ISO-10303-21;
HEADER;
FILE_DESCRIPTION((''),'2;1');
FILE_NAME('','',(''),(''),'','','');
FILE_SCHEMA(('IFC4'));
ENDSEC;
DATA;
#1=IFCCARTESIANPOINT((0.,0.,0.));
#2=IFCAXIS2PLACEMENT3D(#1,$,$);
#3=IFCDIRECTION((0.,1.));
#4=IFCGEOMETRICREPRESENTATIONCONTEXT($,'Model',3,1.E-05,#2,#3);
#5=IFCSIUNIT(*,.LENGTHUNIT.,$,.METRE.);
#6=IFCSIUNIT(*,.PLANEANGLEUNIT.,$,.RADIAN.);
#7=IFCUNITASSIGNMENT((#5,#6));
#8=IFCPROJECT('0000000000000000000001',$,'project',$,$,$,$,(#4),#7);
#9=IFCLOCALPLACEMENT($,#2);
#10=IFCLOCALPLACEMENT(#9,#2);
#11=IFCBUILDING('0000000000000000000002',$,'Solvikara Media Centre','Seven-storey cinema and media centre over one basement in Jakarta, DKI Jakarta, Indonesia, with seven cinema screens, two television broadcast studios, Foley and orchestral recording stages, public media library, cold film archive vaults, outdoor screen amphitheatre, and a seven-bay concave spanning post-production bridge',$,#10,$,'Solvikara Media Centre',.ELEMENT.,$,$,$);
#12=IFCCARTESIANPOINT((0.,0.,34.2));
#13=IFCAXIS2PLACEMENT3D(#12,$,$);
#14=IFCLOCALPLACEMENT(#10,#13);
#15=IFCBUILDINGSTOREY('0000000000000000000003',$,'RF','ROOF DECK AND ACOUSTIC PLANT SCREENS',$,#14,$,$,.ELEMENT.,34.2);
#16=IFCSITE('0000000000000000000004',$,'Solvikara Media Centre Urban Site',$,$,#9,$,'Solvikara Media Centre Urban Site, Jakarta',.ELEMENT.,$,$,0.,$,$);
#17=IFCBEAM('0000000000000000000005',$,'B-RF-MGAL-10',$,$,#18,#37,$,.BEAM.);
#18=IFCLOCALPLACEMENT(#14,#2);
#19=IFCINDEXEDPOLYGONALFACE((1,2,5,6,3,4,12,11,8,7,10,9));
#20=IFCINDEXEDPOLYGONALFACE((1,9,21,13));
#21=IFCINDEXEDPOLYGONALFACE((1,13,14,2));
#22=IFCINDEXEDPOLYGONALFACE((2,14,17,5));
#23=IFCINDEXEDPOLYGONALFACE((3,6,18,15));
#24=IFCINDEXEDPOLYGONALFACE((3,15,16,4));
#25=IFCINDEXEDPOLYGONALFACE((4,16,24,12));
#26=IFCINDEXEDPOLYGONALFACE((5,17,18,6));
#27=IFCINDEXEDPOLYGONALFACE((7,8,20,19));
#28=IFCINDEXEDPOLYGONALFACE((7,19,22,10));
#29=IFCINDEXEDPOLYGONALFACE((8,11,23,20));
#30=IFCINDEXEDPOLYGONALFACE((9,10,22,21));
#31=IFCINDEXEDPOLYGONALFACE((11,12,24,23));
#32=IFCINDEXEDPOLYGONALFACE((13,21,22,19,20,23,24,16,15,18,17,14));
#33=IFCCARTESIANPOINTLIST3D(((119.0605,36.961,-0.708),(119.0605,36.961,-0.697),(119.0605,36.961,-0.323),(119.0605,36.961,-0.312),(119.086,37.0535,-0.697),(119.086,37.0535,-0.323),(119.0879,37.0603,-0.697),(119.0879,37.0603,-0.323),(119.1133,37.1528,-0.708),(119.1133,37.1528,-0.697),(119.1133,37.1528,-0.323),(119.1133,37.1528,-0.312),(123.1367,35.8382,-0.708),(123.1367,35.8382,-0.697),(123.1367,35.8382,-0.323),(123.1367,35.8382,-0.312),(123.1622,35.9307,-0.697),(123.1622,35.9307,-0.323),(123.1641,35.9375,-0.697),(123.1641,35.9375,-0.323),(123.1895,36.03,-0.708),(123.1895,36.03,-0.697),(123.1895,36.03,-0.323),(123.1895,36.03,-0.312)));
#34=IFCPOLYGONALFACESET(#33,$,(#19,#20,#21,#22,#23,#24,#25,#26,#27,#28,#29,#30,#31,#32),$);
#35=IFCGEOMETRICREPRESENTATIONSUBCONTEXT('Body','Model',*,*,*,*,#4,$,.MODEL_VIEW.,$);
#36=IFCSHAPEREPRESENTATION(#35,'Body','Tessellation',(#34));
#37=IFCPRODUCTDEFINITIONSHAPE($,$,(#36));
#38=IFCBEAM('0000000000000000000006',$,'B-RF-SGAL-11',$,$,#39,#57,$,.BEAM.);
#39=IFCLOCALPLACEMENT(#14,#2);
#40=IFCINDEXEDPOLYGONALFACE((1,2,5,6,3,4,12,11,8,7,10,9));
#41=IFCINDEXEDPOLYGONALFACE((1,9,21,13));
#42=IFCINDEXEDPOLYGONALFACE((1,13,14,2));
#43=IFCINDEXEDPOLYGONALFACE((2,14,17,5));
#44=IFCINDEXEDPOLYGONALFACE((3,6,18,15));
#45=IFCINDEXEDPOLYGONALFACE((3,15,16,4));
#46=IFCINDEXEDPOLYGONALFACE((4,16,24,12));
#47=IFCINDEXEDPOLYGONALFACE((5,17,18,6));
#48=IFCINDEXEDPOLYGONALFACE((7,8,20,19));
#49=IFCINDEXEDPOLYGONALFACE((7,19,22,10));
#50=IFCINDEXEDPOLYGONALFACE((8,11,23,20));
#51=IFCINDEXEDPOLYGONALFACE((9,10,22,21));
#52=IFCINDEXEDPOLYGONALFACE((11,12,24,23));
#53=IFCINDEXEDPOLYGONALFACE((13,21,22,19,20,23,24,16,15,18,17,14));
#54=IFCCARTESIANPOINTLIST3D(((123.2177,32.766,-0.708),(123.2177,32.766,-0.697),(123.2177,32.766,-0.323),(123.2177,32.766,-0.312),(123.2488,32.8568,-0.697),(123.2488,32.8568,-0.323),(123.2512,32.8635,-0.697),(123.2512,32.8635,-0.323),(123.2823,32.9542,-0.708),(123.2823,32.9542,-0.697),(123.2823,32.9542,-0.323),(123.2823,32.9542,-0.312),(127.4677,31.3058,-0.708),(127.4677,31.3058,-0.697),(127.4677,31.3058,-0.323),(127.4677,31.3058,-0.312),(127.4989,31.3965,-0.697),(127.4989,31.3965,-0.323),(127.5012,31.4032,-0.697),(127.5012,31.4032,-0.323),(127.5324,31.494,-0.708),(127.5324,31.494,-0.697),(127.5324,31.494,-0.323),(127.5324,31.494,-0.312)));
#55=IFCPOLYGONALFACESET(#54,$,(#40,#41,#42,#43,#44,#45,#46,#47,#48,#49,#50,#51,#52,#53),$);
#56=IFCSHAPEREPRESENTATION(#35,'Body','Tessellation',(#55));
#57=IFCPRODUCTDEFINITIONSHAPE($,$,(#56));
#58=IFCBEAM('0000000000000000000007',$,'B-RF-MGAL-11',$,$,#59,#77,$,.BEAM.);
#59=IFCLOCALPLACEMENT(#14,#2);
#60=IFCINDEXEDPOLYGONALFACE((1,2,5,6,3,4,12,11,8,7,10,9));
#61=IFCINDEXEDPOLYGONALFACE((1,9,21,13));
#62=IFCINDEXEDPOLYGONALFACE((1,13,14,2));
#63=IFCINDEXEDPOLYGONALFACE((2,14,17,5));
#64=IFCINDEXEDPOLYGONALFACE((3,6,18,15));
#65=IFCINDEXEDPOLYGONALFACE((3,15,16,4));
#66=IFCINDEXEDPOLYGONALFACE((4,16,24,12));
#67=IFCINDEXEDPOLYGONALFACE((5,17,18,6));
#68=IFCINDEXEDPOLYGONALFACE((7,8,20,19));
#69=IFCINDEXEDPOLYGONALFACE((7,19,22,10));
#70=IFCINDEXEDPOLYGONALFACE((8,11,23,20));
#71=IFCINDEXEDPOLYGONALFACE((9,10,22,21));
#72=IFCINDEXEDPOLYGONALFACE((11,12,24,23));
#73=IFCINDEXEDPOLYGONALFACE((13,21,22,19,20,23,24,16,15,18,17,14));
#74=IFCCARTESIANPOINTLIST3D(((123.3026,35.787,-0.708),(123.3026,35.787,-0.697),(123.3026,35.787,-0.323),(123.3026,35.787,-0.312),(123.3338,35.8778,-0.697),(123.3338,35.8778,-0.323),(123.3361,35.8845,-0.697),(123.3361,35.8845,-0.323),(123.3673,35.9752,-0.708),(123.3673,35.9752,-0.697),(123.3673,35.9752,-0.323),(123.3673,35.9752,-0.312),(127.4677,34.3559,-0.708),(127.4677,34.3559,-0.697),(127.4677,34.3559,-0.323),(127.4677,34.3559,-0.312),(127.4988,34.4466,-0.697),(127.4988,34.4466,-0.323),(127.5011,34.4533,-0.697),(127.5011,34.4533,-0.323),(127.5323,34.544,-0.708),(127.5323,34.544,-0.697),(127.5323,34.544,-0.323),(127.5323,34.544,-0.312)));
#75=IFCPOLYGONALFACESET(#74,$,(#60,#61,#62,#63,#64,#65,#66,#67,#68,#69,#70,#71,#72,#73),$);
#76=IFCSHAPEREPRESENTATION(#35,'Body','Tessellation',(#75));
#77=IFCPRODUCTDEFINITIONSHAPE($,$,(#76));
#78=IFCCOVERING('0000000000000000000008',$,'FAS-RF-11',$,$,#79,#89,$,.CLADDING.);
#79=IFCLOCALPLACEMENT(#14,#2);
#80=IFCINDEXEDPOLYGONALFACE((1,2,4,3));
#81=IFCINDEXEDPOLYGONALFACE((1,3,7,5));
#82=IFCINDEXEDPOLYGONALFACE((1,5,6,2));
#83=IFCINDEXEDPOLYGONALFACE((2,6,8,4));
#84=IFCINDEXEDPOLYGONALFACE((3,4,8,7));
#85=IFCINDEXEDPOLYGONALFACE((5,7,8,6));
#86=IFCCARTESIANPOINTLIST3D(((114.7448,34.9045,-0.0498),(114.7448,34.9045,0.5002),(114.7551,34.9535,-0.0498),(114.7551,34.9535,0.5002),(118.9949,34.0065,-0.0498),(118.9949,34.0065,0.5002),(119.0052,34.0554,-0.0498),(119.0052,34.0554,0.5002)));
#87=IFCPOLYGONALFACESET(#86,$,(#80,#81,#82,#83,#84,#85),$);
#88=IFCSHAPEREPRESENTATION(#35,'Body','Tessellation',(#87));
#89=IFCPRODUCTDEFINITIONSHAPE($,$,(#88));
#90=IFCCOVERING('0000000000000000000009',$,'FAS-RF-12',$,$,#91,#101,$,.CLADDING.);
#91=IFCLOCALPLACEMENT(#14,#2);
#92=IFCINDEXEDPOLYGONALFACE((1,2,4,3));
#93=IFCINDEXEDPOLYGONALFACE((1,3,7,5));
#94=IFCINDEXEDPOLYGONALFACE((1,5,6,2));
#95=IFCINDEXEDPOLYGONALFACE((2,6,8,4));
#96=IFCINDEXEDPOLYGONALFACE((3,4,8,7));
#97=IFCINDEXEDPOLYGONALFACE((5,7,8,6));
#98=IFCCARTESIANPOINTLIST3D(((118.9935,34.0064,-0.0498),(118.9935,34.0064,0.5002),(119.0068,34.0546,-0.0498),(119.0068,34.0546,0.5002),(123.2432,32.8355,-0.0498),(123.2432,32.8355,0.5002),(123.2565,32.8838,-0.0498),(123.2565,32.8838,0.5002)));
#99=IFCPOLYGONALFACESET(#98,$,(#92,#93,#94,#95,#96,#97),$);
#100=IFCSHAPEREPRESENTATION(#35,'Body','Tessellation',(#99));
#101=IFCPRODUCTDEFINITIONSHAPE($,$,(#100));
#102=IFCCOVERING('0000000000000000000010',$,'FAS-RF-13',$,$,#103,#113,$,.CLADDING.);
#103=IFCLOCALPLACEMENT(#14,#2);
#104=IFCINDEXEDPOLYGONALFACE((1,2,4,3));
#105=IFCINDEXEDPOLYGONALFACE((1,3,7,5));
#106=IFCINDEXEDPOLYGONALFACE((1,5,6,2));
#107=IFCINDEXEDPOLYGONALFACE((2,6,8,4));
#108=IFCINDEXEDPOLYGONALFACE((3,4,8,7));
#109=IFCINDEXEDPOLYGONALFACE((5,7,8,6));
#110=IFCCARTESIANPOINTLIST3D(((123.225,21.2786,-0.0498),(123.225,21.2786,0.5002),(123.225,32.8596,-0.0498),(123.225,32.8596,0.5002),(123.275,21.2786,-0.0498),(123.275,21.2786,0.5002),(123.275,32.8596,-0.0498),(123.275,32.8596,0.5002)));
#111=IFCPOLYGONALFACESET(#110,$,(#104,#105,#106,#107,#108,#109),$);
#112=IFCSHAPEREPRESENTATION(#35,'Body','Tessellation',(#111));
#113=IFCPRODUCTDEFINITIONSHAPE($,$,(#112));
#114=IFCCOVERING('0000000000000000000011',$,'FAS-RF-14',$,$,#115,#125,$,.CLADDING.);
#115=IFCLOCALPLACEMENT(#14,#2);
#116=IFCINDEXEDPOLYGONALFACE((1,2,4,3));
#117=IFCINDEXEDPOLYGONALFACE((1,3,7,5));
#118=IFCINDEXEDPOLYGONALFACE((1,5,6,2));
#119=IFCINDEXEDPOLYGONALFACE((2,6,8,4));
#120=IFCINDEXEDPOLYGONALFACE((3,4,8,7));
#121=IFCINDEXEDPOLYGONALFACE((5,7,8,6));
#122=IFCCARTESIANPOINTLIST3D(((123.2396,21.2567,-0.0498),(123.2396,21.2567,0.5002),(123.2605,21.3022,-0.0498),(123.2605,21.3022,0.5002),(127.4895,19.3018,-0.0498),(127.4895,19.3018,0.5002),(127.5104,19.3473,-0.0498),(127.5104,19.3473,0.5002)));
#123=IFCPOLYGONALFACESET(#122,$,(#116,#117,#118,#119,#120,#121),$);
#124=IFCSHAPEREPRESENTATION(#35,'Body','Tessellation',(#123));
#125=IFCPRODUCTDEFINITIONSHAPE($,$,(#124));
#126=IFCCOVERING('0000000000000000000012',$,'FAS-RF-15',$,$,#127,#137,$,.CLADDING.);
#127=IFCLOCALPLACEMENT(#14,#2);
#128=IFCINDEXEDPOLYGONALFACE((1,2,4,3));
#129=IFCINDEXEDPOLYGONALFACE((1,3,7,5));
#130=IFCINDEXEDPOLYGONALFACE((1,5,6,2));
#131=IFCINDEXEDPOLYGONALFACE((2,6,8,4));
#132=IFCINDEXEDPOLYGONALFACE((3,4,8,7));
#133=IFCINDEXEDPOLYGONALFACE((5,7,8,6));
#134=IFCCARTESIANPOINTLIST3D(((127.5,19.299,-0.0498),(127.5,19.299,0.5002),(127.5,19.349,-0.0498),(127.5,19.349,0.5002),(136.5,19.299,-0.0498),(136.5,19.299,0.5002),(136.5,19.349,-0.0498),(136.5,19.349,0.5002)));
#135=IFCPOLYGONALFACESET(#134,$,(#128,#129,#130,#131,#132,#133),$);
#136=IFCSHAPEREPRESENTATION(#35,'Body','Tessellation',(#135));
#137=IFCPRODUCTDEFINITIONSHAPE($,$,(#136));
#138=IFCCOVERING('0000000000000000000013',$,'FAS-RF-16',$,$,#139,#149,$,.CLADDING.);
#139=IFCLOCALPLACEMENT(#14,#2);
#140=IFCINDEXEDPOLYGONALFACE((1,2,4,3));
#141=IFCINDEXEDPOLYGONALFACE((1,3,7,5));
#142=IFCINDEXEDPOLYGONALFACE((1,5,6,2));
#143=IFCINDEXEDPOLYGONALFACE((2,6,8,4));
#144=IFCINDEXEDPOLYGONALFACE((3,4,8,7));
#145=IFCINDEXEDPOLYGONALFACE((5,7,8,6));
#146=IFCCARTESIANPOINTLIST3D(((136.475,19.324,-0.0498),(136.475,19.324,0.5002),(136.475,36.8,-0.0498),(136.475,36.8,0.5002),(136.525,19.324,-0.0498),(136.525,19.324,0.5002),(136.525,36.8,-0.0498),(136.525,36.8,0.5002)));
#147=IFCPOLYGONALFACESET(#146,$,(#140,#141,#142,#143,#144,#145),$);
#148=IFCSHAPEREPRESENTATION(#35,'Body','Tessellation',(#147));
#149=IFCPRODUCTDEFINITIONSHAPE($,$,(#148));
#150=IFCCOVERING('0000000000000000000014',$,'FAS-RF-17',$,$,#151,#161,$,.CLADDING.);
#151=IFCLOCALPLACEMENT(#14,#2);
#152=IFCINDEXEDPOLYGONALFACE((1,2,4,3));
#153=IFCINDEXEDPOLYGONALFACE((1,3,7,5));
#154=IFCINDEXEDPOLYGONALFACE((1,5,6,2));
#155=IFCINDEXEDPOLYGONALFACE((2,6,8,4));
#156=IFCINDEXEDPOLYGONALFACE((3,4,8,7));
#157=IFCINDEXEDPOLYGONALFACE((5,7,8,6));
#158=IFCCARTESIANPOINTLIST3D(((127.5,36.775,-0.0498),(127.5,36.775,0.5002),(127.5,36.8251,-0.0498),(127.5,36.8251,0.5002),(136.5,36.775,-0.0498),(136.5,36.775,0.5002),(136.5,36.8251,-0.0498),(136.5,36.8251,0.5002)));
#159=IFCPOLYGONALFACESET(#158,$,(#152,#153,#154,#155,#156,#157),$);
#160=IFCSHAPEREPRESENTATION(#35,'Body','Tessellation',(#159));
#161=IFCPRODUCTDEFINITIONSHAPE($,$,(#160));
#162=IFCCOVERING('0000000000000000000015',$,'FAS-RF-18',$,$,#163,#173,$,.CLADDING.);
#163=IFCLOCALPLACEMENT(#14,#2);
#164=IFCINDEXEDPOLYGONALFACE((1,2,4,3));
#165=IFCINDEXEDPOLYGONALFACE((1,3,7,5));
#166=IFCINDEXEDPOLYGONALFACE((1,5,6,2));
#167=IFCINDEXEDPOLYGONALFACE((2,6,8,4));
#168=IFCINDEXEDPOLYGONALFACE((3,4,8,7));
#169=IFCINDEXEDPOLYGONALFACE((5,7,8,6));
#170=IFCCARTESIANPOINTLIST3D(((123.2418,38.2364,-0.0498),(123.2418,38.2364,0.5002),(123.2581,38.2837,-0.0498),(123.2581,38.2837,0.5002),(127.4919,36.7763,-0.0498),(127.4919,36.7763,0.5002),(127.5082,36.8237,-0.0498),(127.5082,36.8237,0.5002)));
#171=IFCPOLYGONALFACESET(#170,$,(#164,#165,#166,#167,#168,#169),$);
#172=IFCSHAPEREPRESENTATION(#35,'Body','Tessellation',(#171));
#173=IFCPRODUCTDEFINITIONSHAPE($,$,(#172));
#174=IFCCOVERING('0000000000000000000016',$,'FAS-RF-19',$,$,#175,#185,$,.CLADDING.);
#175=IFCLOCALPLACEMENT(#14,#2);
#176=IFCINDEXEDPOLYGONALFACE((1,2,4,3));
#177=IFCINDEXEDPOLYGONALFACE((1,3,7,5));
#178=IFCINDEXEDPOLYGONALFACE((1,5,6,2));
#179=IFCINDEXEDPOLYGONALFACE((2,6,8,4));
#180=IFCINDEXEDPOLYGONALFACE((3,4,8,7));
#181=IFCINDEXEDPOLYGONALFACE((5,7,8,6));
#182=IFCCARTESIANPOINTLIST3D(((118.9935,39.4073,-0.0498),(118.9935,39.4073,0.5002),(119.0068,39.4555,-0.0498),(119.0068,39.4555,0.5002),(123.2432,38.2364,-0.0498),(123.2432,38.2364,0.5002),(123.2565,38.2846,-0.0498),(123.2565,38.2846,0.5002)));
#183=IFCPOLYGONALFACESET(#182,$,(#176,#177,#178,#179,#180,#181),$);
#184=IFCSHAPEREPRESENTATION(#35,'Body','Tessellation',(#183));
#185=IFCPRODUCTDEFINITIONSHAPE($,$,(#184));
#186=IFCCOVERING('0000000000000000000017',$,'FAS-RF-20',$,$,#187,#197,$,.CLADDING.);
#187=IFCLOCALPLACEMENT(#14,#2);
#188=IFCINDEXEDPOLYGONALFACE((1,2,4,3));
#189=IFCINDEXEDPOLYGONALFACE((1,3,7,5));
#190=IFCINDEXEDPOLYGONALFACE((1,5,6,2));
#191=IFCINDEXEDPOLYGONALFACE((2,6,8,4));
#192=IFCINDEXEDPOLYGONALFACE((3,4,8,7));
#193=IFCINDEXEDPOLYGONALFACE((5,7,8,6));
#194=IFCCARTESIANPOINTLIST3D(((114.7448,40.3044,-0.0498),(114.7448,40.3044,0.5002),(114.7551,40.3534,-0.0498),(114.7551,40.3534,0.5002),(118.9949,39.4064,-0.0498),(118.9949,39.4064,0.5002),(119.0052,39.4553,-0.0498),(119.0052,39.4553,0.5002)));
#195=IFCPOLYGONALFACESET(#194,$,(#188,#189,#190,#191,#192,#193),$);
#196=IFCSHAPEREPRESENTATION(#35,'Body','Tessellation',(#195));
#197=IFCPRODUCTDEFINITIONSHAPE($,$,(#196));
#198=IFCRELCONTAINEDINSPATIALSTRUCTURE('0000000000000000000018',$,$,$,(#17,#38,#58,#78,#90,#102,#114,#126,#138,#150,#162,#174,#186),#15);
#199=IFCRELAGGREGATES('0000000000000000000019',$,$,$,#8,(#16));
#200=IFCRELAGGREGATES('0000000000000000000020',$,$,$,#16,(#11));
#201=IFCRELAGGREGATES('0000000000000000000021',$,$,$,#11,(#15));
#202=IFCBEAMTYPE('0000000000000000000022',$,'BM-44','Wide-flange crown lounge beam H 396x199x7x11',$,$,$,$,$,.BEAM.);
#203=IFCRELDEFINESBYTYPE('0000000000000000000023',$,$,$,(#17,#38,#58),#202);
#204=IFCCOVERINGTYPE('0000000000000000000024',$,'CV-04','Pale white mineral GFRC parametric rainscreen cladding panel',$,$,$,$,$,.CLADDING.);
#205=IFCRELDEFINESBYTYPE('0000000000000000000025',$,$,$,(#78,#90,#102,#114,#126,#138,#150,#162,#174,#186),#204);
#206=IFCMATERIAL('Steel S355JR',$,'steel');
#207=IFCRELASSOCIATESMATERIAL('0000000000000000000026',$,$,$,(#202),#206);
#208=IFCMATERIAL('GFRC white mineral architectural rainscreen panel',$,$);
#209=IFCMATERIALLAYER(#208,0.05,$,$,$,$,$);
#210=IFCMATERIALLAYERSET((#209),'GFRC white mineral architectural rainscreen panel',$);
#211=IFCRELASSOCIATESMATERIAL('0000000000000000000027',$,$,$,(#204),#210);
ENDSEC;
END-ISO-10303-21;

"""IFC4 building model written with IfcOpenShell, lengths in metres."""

from ifc_helpers import new_model, si_unit, direction, frame, origin, origin_2d, place, context, subcontext, project, spatial, rectangle, i_section, extrude, material, layer, layer_set, material_profile, profile_set, type_object, element, save


model = new_model("IFC4")

# Units and contexts
model_context = context("Model", 3, precision=1e-05, world=origin(), true_north=direction((0.0, 1.0)))
body_context = subcontext(model_context, "Body", "Model", "MODEL_VIEW")
ifc_project = project(units=[si_unit("LENGTHUNIT", "METRE"), si_unit("PLANEANGLEUNIT", "RADIAN")], contexts=[model_context])

# Site, building, storey
site_placement = place(None, origin())
site = spatial("IfcSite", under=ifc_project, at=site_placement, Name="Solvikara Media Centre Urban Site", LongName="Solvikara Media Centre Urban Site, Jakarta", CompositionType="ELEMENT", RefElevation=0.0)
building_placement = place(site_placement, origin())
building = spatial("IfcBuilding", under=site, at=building_placement, Name="Solvikara Media Centre", Description="Seven-storey cinema and media centre over one basement in Jakarta, DKI Jakarta, Indonesia, with seven cinema screens, two television broadcast studios, Foley and orchestral recording stages, public media library, cold film archive vaults, outdoor screen amphitheatre, and a seven-bay concave spanning post-production bridge", LongName="Solvikara Media Centre", CompositionType="ELEMENT")
storey_placement = place(building_placement, frame((0.0, 0.0, 34.2)))
storey = spatial("IfcBuildingStorey", under=building, at=storey_placement, Name="RF", Description="ROOF DECK AND ACOUSTIC PLANT SCREENS", CompositionType="ELEMENT", Elevation=34.2)

# Beams
ifc_material_1 = material(Name="Steel S355JR", Category="steel")
ifc_material_profile_1 = material_profile(ifc_material_1, i_section(OverallWidth=0.199, OverallDepth=0.396, WebThickness=0.0071, FlangeThickness=0.011, at=origin_2d()), Name="H 396x199x7x11")
ifc_profile_set_1 = profile_set([ifc_material_profile_1], Name="Steel S355JR")
beam_type_1 = type_object("IfcBeamType", Name="BM-44", Description="Wide-flange crown lounge beam H 396x199x7x11", PredefinedType="BEAM", material=ifc_profile_set_1)
beam_1_placement = place(storey_placement, frame((119.0869, 37.0569, -0.51), z_axis=(0.964093, -0.265564, 0.0), x_axis=(0.265564, 0.964093, 0.0)))
element("IfcBeam", 1, at=beam_1_placement, inside=storey, type_object=beam_type_1, Name="B-RF-MGAL-10", PredefinedType="BEAM", context=body_context, shape_type="SweptSolid", body=[
    extrude(i_section(OverallWidth=0.199, OverallDepth=0.396, WebThickness=0.0071, FlangeThickness=0.011, at=origin_2d()), origin(), (0.0, 0.0, 1.0), 4.228),
])
beam_2_placement = place(storey_placement, frame((123.25, 32.8601, -0.51), z_axis=(0.945737, -0.324934, 0.0), x_axis=(0.324934, 0.945737, 0.0)))
element("IfcBeam", 2, at=beam_2_placement, inside=storey, type_object=beam_type_1, Name="B-RF-SGAL-11", PredefinedType="BEAM", context=body_context, shape_type="SweptSolid", body=[
    extrude(i_section(OverallWidth=0.199, OverallDepth=0.396, WebThickness=0.0071, FlangeThickness=0.011, at=origin_2d()), origin(), (0.0, 0.0, 1.0), 4.4939),
])
beam_3_placement = place(storey_placement, frame((123.335, 35.8811, -0.51), z_axis=(0.945727, -0.324962, 0.0), x_axis=(0.324962, 0.945727, 0.0)))
element("IfcBeam", 3, at=beam_3_placement, inside=storey, type_object=beam_type_1, Name="B-RF-MGAL-11", PredefinedType="BEAM", context=body_context, shape_type="SweptSolid", body=[
    extrude(i_section(OverallWidth=0.199, OverallDepth=0.396, WebThickness=0.0071, FlangeThickness=0.011, at=origin_2d()), origin(), (0.0, 0.0, 1.0), 4.4041),
])

# Coverings
ifc_material_2 = material(Name="GFRC white mineral architectural rainscreen panel")
ifc_layer = layer(ifc_material_2, 0.05)
ifc_layer_set = layer_set([ifc_layer], Name="GFRC white mineral architectural rainscreen panel")
covering_type = type_object("IfcCoveringType", Name="CV-04", Description="Pale white mineral GFRC parametric rainscreen cladding panel", PredefinedType="CLADDING", material=ifc_layer_set)
covering_1_placement = place(storey_placement, frame((116.875, 34.48, -0.0498), z_axis=(0.0, 0.0, 1.0), x_axis=(0.978397, -0.206734, 0.0)))
element("IfcCovering", 4, at=covering_1_placement, inside=storey, type_object=covering_type, Name="FAS-RF-11", PredefinedType="CLADDING", context=body_context, shape_type="SweptSolid", body=[
    extrude(rectangle(XDim=4.344, YDim=0.05, at=origin_2d()), origin(), (0.0, 0.0, 1.0), 0.55),
])
covering_2_placement = place(storey_placement, frame((121.125, 33.4451, -0.0498), z_axis=(0.0, 0.0, 1.0), x_axis=(0.964077, -0.265623, 0.0)))
element("IfcCovering", 5, at=covering_2_placement, inside=storey, type_object=covering_type, Name="FAS-RF-12", PredefinedType="CLADDING", context=body_context, shape_type="SweptSolid", body=[
    extrude(rectangle(XDim=4.408, YDim=0.05, at=origin_2d()), origin(), (0.0, 0.0, 1.0), 0.55),
])
covering_3_placement = place(storey_placement, frame((123.25, 27.0691, -0.0498), z_axis=(0.0, 0.0, 1.0), x_axis=(0.0, -1.0, 0.0)))
element("IfcCovering", 6, at=covering_3_placement, inside=storey, type_object=covering_type, Name="FAS-RF-13", PredefinedType="CLADDING", context=body_context, shape_type="SweptSolid", body=[
    extrude(rectangle(XDim=11.5811, YDim=0.05, at=origin_2d()), origin(), (0.0, 0.0, 1.0), 0.55),
])
covering_4_placement = place(storey_placement, frame((125.375, 20.302, -0.0498), z_axis=(0.0, 0.0, 1.0), x_axis=(0.908494, -0.417899, 0.0)))
element("IfcCovering", 7, at=covering_4_placement, inside=storey, type_object=covering_type, Name="FAS-RF-14", PredefinedType="CLADDING", context=body_context, shape_type="SweptSolid", body=[
    extrude(rectangle(XDim=4.678, YDim=0.05, at=origin_2d()), origin(), (0.0, 0.0, 1.0), 0.55),
])
covering_5_placement = place(storey_placement, frame((132.0, 19.324, -0.0498), z_axis=(0.0, 0.0, 1.0), x_axis=(1.0, 0.0, 0.0)))
element("IfcCovering", 8, at=covering_5_placement, inside=storey, type_object=covering_type, Name="FAS-RF-15", PredefinedType="CLADDING", context=body_context, shape_type="SweptSolid", body=[
    extrude(rectangle(XDim=9.0, YDim=0.05, at=origin_2d()), origin(), (0.0, 0.0, 1.0), 0.55),
])
covering_6_placement = place(storey_placement, frame((136.5, 28.062, -0.0498), z_axis=(0.0, 0.0, 1.0), x_axis=(0.0, 1.0, 0.0)))
element("IfcCovering", 9, at=covering_6_placement, inside=storey, type_object=covering_type, Name="FAS-RF-16", PredefinedType="CLADDING", context=body_context, shape_type="SweptSolid", body=[
    extrude(rectangle(XDim=17.4761, YDim=0.05, at=origin_2d()), origin(), (0.0, 0.0, 1.0), 0.55),
])
covering_7_placement = place(storey_placement, frame((132.0, 36.8, -0.0498), z_axis=(0.0, 0.0, 1.0), x_axis=(-1.0, 0.0, 0.0)))
element("IfcCovering", 10, at=covering_7_placement, inside=storey, type_object=covering_type, Name="FAS-RF-17", PredefinedType="CLADDING", context=body_context, shape_type="SweptSolid", body=[
    extrude(rectangle(XDim=9.0, YDim=0.05, at=origin_2d()), origin(), (0.0, 0.0, 1.0), 0.55),
])
covering_8_placement = place(storey_placement, frame((125.375, 37.53, -0.0498), z_axis=(0.0, 0.0, 1.0), x_axis=(-0.945751, 0.324891, 0.0)))
element("IfcCovering", 11, at=covering_8_placement, inside=storey, type_object=covering_type, Name="FAS-RF-18", PredefinedType="CLADDING", context=body_context, shape_type="SweptSolid", body=[
    extrude(rectangle(XDim=4.4939, YDim=0.05, at=origin_2d()), origin(), (0.0, 0.0, 1.0), 0.55),
])
covering_9_placement = place(storey_placement, frame((121.125, 38.8459, -0.0498), z_axis=(0.0, 0.0, 1.0), x_axis=(-0.964077, 0.265623, 0.0)))
element("IfcCovering", 12, at=covering_9_placement, inside=storey, type_object=covering_type, Name="FAS-RF-19", PredefinedType="CLADDING", context=body_context, shape_type="SweptSolid", body=[
    extrude(rectangle(XDim=4.408, YDim=0.05, at=origin_2d()), origin(), (0.0, 0.0, 1.0), 0.55),
])
covering_10_placement = place(storey_placement, frame((116.875, 39.8799, -0.0498), z_axis=(0.0, 0.0, 1.0), x_axis=(-0.978397, 0.206734, 0.0)))
element("IfcCovering", 13, at=covering_10_placement, inside=storey, type_object=covering_type, Name="FAS-RF-20", PredefinedType="CLADDING", context=body_context, shape_type="SweptSolid", body=[
    extrude(rectangle(XDim=4.344, YDim=0.05, at=origin_2d()), origin(), (0.0, 0.0, 1.0), 0.55),
])

save(model, "model.ifc")
